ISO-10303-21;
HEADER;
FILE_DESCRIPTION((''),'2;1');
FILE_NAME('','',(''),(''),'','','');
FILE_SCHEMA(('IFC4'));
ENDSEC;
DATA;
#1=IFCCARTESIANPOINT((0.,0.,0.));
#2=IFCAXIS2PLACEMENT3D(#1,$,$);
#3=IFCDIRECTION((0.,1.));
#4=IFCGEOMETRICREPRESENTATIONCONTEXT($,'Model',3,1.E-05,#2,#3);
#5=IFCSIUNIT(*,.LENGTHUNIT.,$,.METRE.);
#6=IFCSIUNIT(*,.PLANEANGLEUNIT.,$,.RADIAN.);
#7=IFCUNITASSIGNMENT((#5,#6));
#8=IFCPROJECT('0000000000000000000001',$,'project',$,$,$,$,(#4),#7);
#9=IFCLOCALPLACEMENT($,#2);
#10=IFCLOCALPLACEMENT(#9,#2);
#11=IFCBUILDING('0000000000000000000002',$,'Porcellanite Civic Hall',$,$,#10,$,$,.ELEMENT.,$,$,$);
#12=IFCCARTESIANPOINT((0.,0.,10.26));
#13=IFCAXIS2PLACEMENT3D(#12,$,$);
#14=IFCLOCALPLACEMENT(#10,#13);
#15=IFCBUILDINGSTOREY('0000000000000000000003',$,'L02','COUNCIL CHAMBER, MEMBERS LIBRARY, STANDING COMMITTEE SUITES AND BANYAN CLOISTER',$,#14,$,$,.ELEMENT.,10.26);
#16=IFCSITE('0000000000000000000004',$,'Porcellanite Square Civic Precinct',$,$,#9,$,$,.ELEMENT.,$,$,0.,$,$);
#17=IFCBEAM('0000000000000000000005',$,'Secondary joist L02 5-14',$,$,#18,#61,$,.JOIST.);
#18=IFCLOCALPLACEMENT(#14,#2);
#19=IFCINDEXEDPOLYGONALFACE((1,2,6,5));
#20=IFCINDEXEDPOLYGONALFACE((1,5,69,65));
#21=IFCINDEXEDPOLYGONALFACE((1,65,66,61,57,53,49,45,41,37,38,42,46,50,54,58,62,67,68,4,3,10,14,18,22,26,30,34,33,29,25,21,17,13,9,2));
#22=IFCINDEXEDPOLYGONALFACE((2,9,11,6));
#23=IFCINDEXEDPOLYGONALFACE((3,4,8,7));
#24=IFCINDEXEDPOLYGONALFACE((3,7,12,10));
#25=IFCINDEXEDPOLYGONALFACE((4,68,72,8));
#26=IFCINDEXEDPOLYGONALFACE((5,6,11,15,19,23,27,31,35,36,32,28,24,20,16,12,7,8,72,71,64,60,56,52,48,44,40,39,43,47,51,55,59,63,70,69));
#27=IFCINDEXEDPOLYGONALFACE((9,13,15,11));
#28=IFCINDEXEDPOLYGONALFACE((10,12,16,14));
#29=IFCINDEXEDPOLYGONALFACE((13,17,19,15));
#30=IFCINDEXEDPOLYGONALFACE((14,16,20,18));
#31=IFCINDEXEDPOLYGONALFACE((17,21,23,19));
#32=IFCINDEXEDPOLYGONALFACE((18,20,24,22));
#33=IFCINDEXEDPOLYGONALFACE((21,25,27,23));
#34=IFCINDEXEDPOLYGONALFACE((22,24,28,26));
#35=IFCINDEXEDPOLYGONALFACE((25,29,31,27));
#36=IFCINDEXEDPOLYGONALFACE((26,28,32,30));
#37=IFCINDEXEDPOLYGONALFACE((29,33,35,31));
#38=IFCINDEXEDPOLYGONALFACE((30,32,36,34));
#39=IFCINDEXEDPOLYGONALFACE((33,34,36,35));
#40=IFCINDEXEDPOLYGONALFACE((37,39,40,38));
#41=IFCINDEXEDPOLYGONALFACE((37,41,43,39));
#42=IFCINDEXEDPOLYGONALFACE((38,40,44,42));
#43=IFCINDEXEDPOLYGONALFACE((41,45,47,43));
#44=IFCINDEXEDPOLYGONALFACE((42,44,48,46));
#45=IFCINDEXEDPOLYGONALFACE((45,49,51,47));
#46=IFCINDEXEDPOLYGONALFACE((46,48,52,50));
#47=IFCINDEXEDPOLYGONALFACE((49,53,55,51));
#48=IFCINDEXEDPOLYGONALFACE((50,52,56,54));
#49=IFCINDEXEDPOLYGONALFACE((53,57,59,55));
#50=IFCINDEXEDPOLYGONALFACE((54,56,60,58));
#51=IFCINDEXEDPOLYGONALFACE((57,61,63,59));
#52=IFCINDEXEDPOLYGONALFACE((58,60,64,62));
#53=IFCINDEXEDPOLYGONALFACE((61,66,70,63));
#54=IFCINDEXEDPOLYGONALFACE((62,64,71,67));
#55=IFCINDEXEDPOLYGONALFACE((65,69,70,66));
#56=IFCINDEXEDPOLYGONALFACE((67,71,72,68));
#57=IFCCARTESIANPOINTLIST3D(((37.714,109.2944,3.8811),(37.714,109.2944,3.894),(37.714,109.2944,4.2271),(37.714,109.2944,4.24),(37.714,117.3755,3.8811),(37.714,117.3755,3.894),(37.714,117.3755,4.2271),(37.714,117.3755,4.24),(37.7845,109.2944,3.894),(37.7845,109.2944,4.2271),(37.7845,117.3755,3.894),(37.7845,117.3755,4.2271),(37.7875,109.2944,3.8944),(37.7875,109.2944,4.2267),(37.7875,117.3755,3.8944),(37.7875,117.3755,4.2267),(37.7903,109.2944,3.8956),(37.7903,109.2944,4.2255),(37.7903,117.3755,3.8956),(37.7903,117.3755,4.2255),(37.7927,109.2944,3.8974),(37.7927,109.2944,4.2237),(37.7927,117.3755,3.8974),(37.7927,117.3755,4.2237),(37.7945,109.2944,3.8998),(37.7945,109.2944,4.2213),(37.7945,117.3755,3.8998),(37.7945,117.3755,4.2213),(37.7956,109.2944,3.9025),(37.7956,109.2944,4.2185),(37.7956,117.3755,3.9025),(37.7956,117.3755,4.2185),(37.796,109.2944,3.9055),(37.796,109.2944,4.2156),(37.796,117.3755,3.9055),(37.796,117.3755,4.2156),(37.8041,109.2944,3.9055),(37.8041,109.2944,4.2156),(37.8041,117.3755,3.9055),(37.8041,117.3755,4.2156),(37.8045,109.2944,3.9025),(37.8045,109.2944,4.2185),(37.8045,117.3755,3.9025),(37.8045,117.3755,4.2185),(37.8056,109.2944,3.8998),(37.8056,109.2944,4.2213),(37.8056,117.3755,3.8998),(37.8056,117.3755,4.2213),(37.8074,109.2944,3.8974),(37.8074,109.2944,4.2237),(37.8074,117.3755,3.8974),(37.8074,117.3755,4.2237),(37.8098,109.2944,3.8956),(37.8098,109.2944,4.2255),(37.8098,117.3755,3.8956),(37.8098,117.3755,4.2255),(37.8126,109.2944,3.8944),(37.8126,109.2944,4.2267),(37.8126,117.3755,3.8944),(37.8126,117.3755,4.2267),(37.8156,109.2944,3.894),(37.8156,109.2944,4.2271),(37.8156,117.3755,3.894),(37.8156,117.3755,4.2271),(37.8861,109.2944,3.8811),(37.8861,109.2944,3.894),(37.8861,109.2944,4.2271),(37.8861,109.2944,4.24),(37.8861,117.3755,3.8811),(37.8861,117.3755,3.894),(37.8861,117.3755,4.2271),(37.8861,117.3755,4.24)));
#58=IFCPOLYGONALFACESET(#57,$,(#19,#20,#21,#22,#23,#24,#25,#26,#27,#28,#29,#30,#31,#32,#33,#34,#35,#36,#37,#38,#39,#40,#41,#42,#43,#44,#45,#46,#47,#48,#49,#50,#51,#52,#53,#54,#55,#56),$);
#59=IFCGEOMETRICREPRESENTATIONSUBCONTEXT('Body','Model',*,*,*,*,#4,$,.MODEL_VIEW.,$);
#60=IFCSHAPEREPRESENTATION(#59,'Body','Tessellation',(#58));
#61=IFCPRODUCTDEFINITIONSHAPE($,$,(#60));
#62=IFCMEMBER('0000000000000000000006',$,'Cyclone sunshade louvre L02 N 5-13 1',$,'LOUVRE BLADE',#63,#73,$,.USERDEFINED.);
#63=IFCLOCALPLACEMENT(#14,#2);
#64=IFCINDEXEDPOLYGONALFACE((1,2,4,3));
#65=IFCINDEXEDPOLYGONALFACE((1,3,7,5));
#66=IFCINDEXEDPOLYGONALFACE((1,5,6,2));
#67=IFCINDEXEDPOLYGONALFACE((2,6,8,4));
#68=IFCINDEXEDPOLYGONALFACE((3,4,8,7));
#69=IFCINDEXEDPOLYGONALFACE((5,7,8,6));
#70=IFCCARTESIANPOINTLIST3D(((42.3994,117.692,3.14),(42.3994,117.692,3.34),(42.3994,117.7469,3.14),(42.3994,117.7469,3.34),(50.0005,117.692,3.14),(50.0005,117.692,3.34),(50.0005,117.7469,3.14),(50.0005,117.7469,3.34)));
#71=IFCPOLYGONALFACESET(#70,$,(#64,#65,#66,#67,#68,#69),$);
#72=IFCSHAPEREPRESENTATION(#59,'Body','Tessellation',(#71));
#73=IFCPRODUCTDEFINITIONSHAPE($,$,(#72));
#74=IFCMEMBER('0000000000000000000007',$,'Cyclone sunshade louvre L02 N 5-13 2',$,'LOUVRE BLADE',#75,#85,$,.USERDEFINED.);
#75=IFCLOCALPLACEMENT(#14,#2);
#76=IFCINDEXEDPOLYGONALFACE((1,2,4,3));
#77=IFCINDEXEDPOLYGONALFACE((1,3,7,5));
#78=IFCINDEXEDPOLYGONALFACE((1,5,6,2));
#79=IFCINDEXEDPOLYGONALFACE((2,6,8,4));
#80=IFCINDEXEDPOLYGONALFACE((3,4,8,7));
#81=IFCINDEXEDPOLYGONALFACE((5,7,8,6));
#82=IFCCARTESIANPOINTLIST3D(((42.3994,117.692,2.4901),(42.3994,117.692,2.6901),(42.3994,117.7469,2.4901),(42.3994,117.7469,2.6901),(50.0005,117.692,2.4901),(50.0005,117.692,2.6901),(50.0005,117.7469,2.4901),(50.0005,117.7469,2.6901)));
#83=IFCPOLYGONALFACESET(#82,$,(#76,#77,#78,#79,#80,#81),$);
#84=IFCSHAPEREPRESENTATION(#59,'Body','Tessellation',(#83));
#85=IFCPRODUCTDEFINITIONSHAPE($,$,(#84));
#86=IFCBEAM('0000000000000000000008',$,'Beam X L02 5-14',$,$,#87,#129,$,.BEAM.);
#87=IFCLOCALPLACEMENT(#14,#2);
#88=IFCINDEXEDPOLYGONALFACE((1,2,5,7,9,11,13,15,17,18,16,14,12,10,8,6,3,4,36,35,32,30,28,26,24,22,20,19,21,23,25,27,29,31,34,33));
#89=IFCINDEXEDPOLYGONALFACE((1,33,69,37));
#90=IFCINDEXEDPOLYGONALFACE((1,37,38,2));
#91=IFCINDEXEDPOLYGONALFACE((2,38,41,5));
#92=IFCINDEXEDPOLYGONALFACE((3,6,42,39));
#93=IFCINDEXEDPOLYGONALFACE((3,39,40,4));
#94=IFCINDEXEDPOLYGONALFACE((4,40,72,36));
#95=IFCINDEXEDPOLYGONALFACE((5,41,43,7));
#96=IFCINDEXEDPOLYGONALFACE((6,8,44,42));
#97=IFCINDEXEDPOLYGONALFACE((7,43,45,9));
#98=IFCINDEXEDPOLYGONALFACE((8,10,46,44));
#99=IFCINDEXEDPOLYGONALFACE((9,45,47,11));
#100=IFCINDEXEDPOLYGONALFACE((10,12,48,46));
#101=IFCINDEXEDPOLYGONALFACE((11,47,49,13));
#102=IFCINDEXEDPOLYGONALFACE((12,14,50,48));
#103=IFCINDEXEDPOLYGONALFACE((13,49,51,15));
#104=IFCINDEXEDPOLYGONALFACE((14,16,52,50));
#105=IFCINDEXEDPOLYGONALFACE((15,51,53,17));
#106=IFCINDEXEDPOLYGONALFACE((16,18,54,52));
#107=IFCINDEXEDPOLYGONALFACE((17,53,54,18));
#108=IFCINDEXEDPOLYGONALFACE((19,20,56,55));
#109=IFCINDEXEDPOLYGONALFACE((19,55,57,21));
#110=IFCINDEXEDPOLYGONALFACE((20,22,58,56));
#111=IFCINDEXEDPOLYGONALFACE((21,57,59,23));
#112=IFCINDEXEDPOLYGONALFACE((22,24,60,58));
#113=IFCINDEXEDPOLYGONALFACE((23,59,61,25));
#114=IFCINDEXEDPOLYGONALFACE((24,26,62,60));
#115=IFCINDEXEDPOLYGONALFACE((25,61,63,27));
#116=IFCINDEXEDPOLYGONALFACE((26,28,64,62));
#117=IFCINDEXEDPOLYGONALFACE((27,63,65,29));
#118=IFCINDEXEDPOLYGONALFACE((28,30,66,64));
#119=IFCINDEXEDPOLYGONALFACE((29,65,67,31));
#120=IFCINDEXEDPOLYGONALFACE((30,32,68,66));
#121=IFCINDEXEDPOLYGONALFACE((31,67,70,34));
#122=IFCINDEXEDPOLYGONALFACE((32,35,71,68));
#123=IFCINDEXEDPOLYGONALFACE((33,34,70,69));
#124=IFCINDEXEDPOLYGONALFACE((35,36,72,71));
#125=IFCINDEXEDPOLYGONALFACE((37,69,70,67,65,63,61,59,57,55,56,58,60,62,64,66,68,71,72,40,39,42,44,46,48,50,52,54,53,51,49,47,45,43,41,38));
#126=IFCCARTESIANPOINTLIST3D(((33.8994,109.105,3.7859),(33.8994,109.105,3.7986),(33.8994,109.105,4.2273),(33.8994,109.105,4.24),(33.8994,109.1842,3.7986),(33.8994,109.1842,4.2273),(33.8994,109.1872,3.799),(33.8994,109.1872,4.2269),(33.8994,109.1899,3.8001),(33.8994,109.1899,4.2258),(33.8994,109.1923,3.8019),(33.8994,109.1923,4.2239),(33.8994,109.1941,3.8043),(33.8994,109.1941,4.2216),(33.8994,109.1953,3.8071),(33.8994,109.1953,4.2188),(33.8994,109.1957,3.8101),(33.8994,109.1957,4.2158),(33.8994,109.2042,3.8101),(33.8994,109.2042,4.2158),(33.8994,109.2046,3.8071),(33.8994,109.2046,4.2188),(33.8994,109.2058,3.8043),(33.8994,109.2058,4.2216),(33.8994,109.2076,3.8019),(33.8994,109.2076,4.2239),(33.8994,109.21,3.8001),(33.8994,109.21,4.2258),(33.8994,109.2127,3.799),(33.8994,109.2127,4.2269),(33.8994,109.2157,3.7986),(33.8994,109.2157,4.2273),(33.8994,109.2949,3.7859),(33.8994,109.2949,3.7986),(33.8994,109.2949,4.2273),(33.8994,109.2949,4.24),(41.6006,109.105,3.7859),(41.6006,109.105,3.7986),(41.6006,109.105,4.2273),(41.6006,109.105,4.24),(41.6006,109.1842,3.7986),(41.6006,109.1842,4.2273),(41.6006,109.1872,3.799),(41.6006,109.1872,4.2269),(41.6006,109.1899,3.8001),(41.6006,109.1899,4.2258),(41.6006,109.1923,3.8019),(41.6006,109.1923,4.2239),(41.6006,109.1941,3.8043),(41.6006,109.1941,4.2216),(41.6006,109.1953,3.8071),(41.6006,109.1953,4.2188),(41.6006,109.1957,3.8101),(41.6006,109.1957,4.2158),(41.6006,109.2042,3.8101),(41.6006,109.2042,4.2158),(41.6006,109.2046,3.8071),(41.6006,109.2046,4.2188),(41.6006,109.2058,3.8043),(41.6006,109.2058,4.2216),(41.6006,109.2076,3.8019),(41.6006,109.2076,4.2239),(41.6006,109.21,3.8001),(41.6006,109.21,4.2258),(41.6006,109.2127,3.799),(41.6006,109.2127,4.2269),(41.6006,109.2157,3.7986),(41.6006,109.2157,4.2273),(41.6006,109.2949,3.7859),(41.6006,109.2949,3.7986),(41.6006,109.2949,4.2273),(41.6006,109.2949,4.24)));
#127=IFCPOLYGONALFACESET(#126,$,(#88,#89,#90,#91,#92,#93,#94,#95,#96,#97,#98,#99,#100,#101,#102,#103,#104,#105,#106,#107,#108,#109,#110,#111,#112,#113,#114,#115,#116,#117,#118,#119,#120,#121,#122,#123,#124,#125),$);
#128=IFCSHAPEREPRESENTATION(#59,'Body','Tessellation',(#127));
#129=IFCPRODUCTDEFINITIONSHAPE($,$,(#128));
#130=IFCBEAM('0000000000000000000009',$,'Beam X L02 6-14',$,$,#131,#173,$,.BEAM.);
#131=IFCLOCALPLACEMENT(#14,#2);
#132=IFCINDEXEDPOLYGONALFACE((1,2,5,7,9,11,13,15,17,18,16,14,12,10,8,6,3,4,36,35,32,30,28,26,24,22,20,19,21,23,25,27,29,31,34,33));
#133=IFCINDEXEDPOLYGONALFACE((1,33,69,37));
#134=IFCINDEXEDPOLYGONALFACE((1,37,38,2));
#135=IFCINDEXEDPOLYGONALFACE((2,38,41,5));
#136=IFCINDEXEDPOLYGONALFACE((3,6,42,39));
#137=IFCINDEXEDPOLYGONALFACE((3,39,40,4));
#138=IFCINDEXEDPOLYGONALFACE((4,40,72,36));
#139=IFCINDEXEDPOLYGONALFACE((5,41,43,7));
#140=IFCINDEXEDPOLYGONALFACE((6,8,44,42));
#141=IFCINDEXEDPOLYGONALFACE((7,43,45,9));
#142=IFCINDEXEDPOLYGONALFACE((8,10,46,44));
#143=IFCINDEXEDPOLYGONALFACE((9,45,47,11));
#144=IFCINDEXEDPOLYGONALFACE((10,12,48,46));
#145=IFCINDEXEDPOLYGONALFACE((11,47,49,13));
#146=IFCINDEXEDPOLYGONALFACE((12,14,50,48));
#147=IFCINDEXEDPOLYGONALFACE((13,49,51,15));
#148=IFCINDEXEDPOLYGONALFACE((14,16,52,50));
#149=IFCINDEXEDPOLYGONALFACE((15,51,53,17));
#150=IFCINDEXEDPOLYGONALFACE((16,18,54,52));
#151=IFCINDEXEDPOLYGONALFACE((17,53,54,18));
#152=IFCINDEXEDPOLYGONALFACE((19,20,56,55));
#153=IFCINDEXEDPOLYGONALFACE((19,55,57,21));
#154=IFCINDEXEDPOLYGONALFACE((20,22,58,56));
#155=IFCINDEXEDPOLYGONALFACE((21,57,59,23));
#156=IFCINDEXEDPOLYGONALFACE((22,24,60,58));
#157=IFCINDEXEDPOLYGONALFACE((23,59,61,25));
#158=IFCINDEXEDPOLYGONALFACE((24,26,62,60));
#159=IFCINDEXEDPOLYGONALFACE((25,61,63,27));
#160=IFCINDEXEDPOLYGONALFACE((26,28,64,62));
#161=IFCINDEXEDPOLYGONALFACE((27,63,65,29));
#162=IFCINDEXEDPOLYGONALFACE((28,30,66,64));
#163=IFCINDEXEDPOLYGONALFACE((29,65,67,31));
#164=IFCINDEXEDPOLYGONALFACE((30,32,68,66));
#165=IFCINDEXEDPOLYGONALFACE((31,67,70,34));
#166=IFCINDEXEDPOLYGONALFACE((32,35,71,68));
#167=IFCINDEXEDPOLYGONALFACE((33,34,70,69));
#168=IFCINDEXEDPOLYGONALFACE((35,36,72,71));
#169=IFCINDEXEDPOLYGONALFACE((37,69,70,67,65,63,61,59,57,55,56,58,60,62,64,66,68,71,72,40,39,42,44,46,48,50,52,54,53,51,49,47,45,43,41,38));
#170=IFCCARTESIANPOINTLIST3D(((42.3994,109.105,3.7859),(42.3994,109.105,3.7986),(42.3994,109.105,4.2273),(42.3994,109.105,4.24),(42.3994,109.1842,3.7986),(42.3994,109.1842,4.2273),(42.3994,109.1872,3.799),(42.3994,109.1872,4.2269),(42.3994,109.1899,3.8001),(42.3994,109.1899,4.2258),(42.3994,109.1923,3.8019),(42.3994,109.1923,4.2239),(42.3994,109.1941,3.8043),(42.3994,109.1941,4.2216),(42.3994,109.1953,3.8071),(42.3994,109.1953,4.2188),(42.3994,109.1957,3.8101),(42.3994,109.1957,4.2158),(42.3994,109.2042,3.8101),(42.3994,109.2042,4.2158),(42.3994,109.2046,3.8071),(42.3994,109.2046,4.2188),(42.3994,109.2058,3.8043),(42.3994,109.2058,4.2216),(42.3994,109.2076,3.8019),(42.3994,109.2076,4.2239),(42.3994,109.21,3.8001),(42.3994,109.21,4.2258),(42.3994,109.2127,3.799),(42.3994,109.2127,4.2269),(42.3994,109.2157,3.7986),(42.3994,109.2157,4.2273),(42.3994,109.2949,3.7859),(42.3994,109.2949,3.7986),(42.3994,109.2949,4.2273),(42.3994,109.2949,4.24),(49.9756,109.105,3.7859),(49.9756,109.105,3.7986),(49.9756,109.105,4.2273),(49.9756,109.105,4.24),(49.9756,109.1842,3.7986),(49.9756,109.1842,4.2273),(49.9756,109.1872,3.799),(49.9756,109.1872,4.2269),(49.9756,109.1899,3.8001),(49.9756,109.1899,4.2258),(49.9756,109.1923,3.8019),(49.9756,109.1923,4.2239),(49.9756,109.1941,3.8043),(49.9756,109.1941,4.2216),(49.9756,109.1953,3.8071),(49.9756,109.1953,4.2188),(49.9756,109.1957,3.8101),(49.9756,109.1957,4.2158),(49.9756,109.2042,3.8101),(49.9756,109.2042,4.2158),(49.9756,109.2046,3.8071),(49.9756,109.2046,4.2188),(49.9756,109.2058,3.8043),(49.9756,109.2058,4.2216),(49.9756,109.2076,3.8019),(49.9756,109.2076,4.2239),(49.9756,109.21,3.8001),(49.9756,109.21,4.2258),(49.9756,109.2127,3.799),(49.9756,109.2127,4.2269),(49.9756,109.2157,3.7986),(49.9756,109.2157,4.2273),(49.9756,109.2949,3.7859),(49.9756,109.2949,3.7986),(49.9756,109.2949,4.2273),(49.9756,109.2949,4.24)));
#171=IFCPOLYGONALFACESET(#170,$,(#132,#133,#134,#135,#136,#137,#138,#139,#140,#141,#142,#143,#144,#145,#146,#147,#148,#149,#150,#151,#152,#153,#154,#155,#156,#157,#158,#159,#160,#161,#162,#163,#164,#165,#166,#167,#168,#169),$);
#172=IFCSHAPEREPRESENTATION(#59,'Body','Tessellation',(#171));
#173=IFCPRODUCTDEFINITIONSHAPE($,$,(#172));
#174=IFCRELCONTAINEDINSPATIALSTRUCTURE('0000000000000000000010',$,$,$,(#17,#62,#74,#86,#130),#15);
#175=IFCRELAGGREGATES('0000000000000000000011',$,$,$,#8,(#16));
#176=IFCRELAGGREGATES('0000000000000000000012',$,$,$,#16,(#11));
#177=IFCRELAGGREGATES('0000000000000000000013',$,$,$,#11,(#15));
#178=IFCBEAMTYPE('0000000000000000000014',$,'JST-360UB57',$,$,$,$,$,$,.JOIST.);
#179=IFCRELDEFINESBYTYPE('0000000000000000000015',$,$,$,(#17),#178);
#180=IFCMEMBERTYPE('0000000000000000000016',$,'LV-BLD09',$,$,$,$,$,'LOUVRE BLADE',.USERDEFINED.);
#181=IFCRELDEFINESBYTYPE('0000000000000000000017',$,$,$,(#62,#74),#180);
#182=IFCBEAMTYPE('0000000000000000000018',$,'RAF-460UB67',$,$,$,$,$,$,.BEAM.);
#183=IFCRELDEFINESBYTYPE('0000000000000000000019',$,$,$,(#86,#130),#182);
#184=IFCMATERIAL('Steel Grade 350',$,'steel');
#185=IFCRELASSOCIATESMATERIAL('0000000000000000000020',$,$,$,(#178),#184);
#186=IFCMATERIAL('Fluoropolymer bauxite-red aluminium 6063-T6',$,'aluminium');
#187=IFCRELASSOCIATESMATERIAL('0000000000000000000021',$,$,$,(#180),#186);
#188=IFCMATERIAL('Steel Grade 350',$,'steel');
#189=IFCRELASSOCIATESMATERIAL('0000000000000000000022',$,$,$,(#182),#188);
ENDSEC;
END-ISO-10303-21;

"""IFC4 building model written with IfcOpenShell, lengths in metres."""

from ifc_helpers import new_model, si_unit, direction, frame, origin, origin_2d, place, context, subcontext, project, spatial, rectangle, i_section, extrude, material, material_profile, profile_set, type_object, element, save


model = new_model("IFC4")

# Units and contexts
model_context = context("Model", 3, precision=1e-05, world=origin(), true_north=direction((0.0, 1.0)))
body_context = subcontext(model_context, "Body", "Model", "MODEL_VIEW")
ifc_project = project(units=[si_unit("LENGTHUNIT", "METRE"), si_unit("PLANEANGLEUNIT", "RADIAN")], contexts=[model_context])

# Site, building, storey
site_placement = place(None, origin())
site = spatial("IfcSite", under=ifc_project, at=site_placement, Name="Porcellanite Square Civic Precinct", CompositionType="ELEMENT", RefElevation=0.0)
building_placement = place(site_placement, origin())
building = spatial("IfcBuilding", under=site, at=building_placement, Name="Porcellanite Civic Hall", CompositionType="ELEMENT")
storey_placement = place(building_placement, frame((0.0, 0.0, 10.26)))
storey = spatial("IfcBuildingStorey", under=building, at=storey_placement, Name="L02", Description="COUNCIL CHAMBER, MEMBERS LIBRARY, STANDING COMMITTEE SUITES AND BANYAN CLOISTER", CompositionType="ELEMENT", Elevation=10.26)

# Beam
ifc_material_1 = material(Name="Steel Grade 350", Category="steel")
ifc_material_profile_1 = material_profile(ifc_material_1, i_section(OverallWidth=0.1721, OverallDepth=0.3589, WebThickness=0.0081, FlangeThickness=0.0129, FilletRadius=0.0115, at=origin_2d()), Name="360UB56.7")
ifc_profile_set_1 = profile_set([ifc_material_profile_1], Name="Steel Grade 350")
beam_type_1 = type_object("IfcBeamType", Name="JST-360UB57", PredefinedType="JOIST", material=ifc_profile_set_1)
beam_1_placement = place(storey_placement, frame((37.8, 109.2944, 4.0605), z_axis=(0.0, 1.0, 0.0), x_axis=(-1.0, 0.0, 0.0)))
element("IfcBeam", 1, at=beam_1_placement, inside=storey, type_object=beam_type_1, Name="Secondary joist L02 5-14", PredefinedType="JOIST", context=body_context, shape_type="SweptSolid", body=[
    extrude(i_section(OverallWidth=0.1721, OverallDepth=0.3589, WebThickness=0.0081, FlangeThickness=0.0129, FilletRadius=0.0115, at=origin_2d()), origin(), (0.0, 0.0, 1.0), 8.0811),
])

# Members
ifc_material_2 = material(Name="Fluoropolymer bauxite-red aluminium 6063-T6", Category="aluminium")
ifc_material_profile_2 = material_profile(ifc_material_2, rectangle(XDim=0.0549, YDim=0.2, at=origin_2d()), Name="AL-55x200")
ifc_profile_set_2 = profile_set([ifc_material_profile_2], Name="Fluoropolymer bauxite-red aluminium 6063-T6")
member_type_1 = type_object("IfcMemberType", Name="LV-BLD09", ElementType="LOUVRE BLADE", PredefinedType="USERDEFINED", material=ifc_profile_set_2)
for number, where, z_axis, x_axis, name in (
    (2, (42.3994, 117.7195, 3.24), (1.0, 0.0, 0.0), (0.0, 1.0, 0.0), "Cyclone sunshade louvre L02 N 5-13 1"),
    (3, (42.3994, 117.7195, 2.5901), (1.0, 0.0, 0.0), (0.0, 1.0, 0.0), "Cyclone sunshade louvre L02 N 5-13 2"),
):
    element("IfcMember", number, at=place(storey_placement, frame(where, z_axis=z_axis, x_axis=x_axis)), inside=storey, type_object=member_type_1, Name=name, ObjectType="LOUVRE BLADE", PredefinedType="USERDEFINED", context=body_context, shape_type="SweptSolid", body=[
        extrude(rectangle(XDim=0.0549, YDim=0.2, at=origin_2d()), origin(), (0.0, 0.0, 1.0), 7.6011),
    ])

# Beams
ifc_material_3 = material(Name="Steel Grade 350", Category="steel")
ifc_material_profile_3 = material_profile(ifc_material_3, i_section(OverallWidth=0.1899, OverallDepth=0.4541, WebThickness=0.0085, FlangeThickness=0.0127, FilletRadius=0.0115, at=origin_2d()), Name="460UB67.1")
ifc_profile_set_3 = profile_set([ifc_material_profile_3], Name="Steel Grade 350")
beam_type_2 = type_object("IfcBeamType", Name="RAF-460UB67", PredefinedType="BEAM", material=ifc_profile_set_3)
beam_2_placement = place(storey_placement, frame((33.8994, 109.2, 4.0129), z_axis=(1.0, 0.0, 0.0), x_axis=(0.0, 1.0, 0.0)))
element("IfcBeam", 4, at=beam_2_placement, inside=storey, type_object=beam_type_2, Name="Beam X L02 5-14", PredefinedType="BEAM", context=body_context, shape_type="SweptSolid", body=[
    extrude(i_section(OverallWidth=0.1899, OverallDepth=0.4541, WebThickness=0.0085, FlangeThickness=0.0127, FilletRadius=0.0115, at=origin_2d()), origin(), (0.0, 0.0, 1.0), 7.7012),
])
beam_3_placement = place(storey_placement, frame((42.3994, 109.2, 4.0129), z_axis=(1.0, 0.0, 0.0), x_axis=(0.0, 1.0, 0.0)))
element("IfcBeam", 5, at=beam_3_placement, inside=storey, type_object=beam_type_2, Name="Beam X L02 6-14", PredefinedType="BEAM", context=body_context, shape_type="SweptSolid", body=[
    extrude(i_section(OverallWidth=0.1899, OverallDepth=0.4541, WebThickness=0.0085, FlangeThickness=0.0127, FilletRadius=0.0115, at=origin_2d()), origin(), (0.0, 0.0, 1.0), 7.5762),
])

save(model, "model.ifc")
